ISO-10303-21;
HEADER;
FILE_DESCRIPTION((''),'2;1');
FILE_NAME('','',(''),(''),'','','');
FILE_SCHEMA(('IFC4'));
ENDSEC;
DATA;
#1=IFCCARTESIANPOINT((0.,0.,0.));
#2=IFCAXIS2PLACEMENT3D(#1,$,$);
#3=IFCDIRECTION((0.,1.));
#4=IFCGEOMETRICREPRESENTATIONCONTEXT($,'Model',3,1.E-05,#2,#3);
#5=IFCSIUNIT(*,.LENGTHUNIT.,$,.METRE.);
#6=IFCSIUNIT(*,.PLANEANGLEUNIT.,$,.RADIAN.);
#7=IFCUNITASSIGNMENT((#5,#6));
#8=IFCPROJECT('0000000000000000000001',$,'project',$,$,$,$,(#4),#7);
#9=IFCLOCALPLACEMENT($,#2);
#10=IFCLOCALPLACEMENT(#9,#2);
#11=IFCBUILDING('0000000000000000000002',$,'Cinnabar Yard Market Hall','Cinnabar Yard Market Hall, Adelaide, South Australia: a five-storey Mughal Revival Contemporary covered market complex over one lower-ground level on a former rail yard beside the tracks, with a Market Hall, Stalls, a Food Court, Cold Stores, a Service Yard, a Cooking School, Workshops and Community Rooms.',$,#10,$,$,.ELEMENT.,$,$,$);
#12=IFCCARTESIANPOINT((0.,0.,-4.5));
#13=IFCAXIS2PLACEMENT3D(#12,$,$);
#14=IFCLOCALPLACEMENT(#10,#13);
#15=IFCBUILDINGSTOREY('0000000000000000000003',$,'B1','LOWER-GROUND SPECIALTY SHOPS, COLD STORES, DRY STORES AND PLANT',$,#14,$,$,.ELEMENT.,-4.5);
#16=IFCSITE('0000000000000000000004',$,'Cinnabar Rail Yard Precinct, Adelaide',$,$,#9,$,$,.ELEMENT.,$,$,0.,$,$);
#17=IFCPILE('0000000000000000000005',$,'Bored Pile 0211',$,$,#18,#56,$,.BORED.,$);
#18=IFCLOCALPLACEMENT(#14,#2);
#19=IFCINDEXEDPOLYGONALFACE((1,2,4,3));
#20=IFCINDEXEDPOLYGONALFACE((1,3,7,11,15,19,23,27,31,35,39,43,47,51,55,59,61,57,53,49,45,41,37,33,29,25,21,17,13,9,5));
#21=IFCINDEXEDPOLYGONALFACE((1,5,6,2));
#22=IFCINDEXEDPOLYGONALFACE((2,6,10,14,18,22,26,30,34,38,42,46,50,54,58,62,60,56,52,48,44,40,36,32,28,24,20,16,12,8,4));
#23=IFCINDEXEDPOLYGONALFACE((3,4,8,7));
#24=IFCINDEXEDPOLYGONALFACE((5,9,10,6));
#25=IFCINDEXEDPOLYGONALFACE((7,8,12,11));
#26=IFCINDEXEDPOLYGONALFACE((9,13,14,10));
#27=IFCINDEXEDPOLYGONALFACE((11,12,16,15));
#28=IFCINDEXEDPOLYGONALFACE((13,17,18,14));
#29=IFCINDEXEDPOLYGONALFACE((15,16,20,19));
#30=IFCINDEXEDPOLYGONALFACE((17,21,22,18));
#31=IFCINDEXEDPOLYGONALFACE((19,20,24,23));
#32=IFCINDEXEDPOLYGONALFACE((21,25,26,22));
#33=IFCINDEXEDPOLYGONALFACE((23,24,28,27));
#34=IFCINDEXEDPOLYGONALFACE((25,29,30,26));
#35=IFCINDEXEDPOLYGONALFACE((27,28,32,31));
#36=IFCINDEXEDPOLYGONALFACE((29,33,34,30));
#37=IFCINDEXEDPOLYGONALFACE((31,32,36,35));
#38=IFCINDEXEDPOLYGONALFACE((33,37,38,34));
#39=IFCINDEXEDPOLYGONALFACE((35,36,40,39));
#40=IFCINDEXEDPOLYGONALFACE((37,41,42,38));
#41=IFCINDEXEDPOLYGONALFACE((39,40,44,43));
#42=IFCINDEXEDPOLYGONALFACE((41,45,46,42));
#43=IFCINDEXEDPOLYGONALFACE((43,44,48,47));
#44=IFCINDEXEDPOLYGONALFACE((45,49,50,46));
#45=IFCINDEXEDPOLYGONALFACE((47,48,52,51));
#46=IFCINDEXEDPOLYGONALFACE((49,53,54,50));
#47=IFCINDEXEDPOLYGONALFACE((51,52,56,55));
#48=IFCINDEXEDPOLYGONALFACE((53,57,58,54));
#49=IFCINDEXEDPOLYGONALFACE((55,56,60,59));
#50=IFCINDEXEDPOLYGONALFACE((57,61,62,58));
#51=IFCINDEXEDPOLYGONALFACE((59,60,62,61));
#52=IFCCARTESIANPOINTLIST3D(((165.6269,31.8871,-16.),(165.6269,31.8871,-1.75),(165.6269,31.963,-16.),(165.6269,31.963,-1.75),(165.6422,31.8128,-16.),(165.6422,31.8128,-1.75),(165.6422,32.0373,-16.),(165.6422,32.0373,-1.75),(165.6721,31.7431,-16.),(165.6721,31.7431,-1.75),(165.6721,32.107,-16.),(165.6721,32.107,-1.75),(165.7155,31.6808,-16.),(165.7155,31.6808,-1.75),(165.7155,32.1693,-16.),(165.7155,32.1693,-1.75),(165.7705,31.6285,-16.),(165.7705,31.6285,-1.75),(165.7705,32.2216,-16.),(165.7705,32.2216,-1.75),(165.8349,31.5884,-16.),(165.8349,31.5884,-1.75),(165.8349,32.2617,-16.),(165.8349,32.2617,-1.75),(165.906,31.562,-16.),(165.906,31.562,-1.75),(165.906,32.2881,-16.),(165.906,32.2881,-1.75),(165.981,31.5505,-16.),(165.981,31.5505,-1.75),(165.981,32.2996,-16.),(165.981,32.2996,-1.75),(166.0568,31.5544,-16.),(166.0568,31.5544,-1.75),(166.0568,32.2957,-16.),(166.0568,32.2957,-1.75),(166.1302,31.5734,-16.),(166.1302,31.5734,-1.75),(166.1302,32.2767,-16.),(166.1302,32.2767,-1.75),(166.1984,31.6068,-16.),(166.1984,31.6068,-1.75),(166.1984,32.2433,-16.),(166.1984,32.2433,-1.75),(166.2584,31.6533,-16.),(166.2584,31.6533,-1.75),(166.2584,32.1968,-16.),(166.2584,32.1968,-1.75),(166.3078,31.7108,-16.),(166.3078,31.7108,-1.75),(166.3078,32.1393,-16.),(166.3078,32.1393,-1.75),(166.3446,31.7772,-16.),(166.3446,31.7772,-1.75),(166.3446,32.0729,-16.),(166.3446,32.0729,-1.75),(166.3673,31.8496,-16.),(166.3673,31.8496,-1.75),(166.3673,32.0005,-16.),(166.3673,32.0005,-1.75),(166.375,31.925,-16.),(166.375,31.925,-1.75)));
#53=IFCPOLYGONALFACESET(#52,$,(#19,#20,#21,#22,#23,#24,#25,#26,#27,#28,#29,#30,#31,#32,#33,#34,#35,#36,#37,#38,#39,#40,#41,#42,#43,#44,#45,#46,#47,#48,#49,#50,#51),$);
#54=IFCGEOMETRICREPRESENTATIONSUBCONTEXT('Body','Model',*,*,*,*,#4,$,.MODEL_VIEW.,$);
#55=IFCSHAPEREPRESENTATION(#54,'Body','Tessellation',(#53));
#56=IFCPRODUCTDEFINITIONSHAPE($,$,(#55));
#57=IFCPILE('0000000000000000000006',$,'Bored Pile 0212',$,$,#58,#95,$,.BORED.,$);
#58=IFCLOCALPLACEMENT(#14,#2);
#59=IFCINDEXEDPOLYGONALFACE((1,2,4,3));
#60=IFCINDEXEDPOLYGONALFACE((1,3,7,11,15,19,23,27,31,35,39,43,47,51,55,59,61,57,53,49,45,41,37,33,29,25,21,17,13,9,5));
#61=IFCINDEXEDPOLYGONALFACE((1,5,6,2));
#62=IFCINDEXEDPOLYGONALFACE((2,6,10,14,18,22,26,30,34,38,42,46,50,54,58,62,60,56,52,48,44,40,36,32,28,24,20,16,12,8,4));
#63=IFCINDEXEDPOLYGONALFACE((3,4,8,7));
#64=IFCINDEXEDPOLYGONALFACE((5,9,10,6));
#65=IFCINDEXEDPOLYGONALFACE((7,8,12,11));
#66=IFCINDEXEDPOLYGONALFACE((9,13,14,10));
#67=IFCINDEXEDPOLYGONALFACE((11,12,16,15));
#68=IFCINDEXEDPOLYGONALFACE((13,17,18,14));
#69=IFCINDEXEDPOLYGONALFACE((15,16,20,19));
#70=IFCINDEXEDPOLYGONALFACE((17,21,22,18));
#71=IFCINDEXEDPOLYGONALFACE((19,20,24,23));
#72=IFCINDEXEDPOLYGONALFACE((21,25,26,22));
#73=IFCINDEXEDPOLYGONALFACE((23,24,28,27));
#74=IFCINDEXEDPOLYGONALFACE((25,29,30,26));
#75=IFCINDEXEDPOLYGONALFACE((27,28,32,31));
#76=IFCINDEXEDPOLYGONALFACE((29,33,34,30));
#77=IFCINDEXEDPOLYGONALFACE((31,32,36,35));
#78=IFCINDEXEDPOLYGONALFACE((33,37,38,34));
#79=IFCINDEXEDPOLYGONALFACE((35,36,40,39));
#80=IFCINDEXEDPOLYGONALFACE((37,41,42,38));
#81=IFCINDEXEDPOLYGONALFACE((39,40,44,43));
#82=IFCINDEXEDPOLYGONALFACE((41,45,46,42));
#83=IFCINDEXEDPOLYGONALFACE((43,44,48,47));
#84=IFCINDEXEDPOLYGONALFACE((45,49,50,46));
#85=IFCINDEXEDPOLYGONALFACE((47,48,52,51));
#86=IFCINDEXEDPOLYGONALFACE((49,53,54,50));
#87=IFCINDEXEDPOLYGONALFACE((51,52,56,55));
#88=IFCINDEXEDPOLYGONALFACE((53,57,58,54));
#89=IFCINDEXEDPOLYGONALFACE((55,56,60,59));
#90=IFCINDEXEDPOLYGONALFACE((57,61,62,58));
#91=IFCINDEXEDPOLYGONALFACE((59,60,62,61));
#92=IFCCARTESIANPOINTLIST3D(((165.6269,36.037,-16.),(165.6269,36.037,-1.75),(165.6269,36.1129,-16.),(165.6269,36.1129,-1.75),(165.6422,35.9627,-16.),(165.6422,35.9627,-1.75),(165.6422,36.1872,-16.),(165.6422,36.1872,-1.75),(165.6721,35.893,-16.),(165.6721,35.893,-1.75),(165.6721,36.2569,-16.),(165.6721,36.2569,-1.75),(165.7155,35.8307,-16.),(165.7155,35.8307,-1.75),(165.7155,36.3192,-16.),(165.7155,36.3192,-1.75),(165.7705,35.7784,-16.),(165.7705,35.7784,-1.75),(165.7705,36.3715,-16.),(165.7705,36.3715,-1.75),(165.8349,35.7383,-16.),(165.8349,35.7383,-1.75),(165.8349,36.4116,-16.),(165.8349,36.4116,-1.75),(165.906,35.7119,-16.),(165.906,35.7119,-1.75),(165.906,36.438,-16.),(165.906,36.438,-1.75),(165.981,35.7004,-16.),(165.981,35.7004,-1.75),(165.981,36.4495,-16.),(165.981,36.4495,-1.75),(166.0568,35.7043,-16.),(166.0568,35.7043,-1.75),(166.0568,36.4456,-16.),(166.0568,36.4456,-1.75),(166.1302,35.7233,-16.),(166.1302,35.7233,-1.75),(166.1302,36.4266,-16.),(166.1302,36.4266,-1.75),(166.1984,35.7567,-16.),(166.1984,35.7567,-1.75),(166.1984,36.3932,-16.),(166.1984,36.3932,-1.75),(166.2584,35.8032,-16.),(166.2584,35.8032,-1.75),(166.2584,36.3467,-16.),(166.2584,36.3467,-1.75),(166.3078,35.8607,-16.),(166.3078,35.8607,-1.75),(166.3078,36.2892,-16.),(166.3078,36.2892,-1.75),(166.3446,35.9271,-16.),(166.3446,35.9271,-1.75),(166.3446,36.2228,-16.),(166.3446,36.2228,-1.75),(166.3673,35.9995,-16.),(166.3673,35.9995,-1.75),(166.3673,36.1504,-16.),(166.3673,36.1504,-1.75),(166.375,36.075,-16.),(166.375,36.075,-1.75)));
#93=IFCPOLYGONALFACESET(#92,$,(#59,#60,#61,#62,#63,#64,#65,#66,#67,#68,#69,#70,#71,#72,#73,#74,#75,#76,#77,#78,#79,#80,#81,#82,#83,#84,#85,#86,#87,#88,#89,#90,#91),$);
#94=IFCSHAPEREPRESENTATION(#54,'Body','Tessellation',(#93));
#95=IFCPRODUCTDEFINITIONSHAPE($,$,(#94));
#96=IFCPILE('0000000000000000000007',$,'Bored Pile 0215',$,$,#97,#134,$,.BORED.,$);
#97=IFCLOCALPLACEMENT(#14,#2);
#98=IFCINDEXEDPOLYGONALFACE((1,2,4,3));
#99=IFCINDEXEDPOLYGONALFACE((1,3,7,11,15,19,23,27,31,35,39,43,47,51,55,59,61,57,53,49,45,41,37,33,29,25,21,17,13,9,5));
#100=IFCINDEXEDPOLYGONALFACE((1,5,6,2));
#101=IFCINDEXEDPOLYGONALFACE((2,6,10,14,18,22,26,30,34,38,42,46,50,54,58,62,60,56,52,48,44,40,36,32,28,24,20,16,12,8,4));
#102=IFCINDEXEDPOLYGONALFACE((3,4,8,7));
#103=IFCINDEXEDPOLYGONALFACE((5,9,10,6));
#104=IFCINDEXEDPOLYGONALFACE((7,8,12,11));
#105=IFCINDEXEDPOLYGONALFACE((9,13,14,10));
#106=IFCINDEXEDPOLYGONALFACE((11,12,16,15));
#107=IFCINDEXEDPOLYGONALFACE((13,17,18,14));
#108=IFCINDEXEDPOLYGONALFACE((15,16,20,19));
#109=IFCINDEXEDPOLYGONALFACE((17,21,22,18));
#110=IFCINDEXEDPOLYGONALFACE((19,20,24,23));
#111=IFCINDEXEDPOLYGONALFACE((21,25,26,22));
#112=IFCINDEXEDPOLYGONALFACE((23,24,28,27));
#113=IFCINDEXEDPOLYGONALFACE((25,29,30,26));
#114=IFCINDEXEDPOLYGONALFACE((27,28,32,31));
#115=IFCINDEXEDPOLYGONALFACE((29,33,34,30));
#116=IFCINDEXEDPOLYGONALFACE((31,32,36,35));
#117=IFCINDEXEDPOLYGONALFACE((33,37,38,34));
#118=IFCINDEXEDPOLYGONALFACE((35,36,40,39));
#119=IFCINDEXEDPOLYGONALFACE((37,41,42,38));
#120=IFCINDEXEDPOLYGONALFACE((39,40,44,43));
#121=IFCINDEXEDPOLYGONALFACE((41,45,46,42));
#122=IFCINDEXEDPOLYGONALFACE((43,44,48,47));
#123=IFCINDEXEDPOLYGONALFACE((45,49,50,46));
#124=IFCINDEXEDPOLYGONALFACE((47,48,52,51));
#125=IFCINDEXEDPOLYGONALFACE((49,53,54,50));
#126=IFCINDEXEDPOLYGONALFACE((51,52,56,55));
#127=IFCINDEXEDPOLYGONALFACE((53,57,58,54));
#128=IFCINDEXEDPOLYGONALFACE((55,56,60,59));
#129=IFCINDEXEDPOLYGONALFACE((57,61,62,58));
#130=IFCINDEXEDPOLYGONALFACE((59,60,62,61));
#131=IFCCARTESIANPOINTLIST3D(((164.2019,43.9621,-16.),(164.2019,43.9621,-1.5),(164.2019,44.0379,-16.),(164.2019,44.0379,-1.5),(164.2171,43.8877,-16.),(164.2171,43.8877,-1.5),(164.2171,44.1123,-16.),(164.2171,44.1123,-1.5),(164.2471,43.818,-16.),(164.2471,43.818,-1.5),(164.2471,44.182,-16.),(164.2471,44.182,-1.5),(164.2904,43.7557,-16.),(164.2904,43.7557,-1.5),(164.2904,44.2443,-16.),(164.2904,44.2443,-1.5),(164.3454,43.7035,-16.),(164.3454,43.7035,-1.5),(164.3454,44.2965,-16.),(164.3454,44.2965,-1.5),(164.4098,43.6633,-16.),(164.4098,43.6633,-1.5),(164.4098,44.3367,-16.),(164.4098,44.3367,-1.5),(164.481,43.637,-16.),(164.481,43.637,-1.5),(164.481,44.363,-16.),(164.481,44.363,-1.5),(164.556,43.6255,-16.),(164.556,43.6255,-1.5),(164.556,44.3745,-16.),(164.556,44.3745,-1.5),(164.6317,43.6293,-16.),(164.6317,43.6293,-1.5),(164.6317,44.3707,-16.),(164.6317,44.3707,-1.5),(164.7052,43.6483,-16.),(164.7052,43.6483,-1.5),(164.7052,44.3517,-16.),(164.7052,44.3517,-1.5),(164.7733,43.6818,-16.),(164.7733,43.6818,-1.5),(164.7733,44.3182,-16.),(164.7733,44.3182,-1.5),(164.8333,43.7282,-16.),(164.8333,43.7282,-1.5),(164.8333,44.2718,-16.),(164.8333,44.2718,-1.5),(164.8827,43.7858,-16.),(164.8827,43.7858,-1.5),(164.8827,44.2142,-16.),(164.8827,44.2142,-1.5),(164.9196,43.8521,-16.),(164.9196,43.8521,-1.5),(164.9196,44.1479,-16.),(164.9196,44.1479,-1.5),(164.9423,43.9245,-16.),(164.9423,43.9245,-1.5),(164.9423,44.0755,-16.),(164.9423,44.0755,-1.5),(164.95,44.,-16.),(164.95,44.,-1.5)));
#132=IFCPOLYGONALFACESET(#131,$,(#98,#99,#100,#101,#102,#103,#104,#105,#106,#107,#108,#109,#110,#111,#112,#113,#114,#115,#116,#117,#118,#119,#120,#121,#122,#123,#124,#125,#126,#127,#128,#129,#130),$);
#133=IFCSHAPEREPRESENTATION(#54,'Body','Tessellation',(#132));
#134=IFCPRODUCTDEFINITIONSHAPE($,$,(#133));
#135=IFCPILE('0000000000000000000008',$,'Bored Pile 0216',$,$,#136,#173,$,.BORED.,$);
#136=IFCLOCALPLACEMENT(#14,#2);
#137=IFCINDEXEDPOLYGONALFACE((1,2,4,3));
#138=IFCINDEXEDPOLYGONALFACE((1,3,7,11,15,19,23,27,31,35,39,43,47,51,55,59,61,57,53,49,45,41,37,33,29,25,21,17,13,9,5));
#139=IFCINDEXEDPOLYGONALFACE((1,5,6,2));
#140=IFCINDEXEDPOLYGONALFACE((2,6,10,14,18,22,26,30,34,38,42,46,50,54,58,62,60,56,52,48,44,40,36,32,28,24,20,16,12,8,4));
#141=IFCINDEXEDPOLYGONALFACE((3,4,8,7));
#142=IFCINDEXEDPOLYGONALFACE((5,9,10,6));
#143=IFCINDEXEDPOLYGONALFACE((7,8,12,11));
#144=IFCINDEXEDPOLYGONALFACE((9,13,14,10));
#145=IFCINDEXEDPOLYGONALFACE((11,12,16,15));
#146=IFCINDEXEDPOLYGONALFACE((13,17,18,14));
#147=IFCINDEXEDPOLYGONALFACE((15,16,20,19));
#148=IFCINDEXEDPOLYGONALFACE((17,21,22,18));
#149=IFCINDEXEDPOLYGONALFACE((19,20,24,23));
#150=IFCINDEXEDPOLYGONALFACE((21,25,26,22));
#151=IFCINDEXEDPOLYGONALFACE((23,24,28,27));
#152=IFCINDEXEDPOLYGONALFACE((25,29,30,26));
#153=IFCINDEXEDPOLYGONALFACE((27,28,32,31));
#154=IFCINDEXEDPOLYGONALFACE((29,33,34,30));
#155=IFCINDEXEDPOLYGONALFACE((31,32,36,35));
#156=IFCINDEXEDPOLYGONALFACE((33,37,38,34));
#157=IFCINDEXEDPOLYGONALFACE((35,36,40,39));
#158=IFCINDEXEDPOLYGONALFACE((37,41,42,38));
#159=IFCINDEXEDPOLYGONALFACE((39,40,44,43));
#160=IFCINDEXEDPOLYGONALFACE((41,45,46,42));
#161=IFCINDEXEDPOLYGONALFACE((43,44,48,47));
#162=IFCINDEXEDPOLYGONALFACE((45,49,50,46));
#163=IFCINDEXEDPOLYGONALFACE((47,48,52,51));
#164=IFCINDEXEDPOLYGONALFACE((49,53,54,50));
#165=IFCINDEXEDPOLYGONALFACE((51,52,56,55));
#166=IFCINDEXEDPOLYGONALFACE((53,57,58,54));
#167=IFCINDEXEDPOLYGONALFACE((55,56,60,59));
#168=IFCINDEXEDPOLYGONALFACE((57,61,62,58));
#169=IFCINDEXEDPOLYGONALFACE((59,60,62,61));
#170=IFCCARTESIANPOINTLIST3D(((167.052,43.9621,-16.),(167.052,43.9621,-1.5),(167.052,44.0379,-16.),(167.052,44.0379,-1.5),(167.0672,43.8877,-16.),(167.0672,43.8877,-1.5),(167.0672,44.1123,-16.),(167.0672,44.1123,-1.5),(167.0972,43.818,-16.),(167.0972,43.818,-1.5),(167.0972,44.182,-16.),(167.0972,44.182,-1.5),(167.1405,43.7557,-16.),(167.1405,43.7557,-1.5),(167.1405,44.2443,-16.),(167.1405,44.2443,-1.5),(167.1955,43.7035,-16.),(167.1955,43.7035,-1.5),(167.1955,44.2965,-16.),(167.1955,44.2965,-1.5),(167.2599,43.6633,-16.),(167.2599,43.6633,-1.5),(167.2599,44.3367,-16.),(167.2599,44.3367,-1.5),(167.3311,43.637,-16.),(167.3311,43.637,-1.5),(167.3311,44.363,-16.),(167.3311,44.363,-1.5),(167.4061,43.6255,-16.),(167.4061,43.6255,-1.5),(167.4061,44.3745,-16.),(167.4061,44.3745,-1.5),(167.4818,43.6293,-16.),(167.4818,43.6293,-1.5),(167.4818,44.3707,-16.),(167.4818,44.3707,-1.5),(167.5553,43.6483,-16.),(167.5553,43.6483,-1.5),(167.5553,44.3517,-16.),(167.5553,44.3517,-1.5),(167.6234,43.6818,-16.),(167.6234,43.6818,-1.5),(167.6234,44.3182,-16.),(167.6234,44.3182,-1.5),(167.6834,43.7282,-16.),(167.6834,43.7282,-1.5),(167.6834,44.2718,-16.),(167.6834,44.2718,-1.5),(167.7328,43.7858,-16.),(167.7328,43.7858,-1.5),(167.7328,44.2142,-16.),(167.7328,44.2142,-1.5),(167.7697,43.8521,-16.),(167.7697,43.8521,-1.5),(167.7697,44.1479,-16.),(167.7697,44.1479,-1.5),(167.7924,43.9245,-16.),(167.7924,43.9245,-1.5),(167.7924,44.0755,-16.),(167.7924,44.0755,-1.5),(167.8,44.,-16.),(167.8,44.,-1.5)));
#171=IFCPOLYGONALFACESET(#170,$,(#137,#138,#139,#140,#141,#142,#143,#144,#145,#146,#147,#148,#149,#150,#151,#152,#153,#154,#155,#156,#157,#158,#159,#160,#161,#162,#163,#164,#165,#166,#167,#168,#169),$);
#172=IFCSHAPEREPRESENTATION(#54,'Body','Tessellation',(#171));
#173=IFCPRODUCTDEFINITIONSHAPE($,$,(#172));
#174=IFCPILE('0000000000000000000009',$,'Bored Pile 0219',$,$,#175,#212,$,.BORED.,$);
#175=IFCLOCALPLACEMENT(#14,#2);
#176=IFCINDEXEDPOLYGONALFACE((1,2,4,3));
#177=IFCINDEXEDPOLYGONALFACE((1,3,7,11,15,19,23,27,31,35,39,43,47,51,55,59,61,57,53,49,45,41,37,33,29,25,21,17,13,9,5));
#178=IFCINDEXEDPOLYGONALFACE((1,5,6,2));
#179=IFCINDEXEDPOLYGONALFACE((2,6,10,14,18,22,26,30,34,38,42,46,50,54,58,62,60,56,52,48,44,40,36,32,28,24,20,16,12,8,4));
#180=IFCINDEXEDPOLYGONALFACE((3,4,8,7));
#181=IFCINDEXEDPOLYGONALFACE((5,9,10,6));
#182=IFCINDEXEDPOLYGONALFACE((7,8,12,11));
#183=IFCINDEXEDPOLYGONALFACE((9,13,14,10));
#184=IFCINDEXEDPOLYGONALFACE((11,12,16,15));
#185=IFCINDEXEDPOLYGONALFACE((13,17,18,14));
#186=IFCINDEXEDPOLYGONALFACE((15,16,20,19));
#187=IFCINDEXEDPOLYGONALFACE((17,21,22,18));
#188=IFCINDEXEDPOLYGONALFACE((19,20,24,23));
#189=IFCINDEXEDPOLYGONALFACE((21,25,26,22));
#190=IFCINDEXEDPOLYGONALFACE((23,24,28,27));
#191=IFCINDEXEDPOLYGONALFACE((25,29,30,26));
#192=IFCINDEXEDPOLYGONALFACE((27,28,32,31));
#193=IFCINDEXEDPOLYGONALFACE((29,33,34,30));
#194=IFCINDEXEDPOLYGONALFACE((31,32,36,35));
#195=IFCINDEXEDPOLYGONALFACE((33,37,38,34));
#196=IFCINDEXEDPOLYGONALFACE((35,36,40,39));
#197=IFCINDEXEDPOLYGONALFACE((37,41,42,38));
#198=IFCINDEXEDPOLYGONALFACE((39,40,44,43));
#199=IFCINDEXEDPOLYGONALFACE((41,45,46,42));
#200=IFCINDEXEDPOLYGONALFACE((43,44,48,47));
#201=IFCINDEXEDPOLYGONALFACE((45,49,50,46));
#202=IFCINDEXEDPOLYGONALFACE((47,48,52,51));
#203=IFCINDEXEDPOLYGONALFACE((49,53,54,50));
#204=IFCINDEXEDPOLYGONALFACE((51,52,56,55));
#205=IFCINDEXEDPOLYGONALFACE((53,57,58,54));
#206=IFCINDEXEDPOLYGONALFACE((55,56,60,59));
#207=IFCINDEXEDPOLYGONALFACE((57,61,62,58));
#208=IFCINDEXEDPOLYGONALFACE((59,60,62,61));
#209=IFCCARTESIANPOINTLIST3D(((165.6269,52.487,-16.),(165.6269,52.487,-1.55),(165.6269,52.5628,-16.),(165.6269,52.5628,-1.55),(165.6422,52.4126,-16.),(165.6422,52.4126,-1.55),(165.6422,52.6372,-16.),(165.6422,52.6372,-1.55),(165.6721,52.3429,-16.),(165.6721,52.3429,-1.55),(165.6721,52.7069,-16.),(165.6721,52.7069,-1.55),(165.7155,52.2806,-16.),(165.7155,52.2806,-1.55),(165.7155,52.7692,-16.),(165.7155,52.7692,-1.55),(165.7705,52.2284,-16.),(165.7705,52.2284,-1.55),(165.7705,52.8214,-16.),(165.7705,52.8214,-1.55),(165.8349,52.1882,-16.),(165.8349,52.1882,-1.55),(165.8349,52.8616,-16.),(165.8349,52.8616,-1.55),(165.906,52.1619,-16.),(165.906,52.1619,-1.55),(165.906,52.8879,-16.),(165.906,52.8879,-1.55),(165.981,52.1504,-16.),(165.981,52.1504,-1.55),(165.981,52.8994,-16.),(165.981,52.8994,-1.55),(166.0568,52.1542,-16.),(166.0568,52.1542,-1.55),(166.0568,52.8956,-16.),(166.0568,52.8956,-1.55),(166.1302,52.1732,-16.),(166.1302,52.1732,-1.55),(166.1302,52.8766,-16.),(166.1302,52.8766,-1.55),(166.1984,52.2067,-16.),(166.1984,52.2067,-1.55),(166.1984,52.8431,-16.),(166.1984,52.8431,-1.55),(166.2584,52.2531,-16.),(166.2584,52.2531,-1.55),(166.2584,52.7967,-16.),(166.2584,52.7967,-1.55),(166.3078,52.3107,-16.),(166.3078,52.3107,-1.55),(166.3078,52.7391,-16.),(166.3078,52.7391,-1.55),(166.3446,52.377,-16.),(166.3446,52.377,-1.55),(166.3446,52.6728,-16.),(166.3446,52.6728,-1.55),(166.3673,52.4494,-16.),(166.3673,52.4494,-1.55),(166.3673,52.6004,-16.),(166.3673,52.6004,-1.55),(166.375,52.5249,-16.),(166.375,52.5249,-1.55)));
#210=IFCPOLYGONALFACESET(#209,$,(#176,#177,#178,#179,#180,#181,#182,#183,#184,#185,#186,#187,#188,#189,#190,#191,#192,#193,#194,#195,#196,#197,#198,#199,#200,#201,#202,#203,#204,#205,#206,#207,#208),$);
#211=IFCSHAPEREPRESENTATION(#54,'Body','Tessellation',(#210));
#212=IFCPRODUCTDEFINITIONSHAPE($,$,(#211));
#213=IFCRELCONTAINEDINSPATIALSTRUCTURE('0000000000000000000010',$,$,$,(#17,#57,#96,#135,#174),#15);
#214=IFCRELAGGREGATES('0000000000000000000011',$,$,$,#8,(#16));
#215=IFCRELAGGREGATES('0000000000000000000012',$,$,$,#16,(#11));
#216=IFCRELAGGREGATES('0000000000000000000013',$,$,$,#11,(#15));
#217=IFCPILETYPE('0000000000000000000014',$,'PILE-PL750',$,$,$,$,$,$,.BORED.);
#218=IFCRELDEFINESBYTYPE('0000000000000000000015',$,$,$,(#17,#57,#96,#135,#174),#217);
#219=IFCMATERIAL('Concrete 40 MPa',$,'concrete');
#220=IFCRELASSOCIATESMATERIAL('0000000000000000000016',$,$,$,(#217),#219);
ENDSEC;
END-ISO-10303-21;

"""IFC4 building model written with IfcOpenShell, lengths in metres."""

from ifc_helpers import new_model, si_unit, direction, frame, origin, origin_2d_with_axis, place, context, subcontext, project, spatial, circle, extrude, material, material_profile, profile_set, type_object, element, save


model = new_model("IFC4")

# Units and contexts
model_context = context("Model", 3, precision=1e-05, world=origin(), true_north=direction((0.0, 1.0)))
body_context = subcontext(model_context, "Body", "Model", "MODEL_VIEW")
ifc_project = project(units=[si_unit("LENGTHUNIT", "METRE"), si_unit("PLANEANGLEUNIT", "RADIAN")], contexts=[model_context])

# Site, building, storey
site_placement = place(None, origin())
site = spatial("IfcSite", under=ifc_project, at=site_placement, Name="Cinnabar Rail Yard Precinct, Adelaide", CompositionType="ELEMENT", RefElevation=0.0)
building_placement = place(site_placement, origin())
building = spatial("IfcBuilding", under=site, at=building_placement, Name="Cinnabar Yard Market Hall", Description="Cinnabar Yard Market Hall, Adelaide, South Australia: a five-storey Mughal Revival Contemporary covered market complex over one lower-ground level on a former rail yard beside the tracks, with a Market Hall, Stalls, a Food Court, Cold Stores, a Service Yard, a Cooking School, Workshops and Community Rooms.", CompositionType="ELEMENT")
storey_placement = place(building_placement, frame((0.0, 0.0, -4.5)))
storey = spatial("IfcBuildingStorey", under=building, at=storey_placement, Name="B1", Description="LOWER-GROUND SPECIALTY SHOPS, COLD STORES, DRY STORES AND PLANT", CompositionType="ELEMENT", Elevation=-4.5)

# Shared definitions
ifc_material_1 = material(Name="Concrete 40 MPa", Category="concrete")

# Piles
ifc_material_profile_1 = material_profile(ifc_material_1, circle(Radius=0.375, at=origin_2d_with_axis()), Name="PILE-D750")
ifc_profile_set_1 = profile_set([ifc_material_profile_1], Name="Concrete 40 MPa")
pile_type_1 = type_object("IfcPileType", Name="PILE-PL750", PredefinedType="BORED", material=ifc_profile_set_1)
for number, where, z_axis, x_axis, name in (
    (1, (166.0, 31.925, -1.75), (0.0, 0.0, -1.0), (1.0, 0.0, 0.0), "Bored Pile 0211"),
    (2, (166.0, 36.075, -1.75), (0.0, 0.0, -1.0), (1.0, 0.0, 0.0), "Bored Pile 0212"),
):
    element("IfcPile", number, at=place(storey_placement, frame(where, z_axis=z_axis, x_axis=x_axis)), inside=storey, type_object=pile_type_1, Name=name, PredefinedType="BORED", context=body_context, shape_type="SweptSolid", body=[
        extrude(circle(Radius=0.375, at=origin_2d_with_axis()), origin(), (0.0, 0.0, 1.0), 14.25),
    ])
for number, where, z_axis, x_axis, name in (
    (3, (164.575, 44.0, -1.5), (0.0, 0.0, -1.0), (1.0, 0.0, 0.0), "Bored Pile 0215"),
    (4, (167.425, 44.0, -1.5), (0.0, 0.0, -1.0), (1.0, 0.0, 0.0), "Bored Pile 0216"),
):
    element("IfcPile", number, at=place(storey_placement, frame(where, z_axis=z_axis, x_axis=x_axis)), inside=storey, type_object=pile_type_1, Name=name, PredefinedType="BORED", context=body_context, shape_type="SweptSolid", body=[
        extrude(circle(Radius=0.375, at=origin_2d_with_axis()), origin(), (0.0, 0.0, 1.0), 14.5),
    ])
pile_1_placement = place(storey_placement, frame((166.0, 52.5249, -1.55), z_axis=(0.0, 0.0, -1.0), x_axis=(1.0, 0.0, 0.0)))
element("IfcPile", 5, at=pile_1_placement, inside=storey, type_object=pile_type_1, Name="Bored Pile 0219", PredefinedType="BORED", context=body_context, shape_type="SweptSolid", body=[
    extrude(circle(Radius=0.375, at=origin_2d_with_axis()), origin(), (0.0, 0.0, 1.0), 14.45),
])

save(model, "model.ifc")
